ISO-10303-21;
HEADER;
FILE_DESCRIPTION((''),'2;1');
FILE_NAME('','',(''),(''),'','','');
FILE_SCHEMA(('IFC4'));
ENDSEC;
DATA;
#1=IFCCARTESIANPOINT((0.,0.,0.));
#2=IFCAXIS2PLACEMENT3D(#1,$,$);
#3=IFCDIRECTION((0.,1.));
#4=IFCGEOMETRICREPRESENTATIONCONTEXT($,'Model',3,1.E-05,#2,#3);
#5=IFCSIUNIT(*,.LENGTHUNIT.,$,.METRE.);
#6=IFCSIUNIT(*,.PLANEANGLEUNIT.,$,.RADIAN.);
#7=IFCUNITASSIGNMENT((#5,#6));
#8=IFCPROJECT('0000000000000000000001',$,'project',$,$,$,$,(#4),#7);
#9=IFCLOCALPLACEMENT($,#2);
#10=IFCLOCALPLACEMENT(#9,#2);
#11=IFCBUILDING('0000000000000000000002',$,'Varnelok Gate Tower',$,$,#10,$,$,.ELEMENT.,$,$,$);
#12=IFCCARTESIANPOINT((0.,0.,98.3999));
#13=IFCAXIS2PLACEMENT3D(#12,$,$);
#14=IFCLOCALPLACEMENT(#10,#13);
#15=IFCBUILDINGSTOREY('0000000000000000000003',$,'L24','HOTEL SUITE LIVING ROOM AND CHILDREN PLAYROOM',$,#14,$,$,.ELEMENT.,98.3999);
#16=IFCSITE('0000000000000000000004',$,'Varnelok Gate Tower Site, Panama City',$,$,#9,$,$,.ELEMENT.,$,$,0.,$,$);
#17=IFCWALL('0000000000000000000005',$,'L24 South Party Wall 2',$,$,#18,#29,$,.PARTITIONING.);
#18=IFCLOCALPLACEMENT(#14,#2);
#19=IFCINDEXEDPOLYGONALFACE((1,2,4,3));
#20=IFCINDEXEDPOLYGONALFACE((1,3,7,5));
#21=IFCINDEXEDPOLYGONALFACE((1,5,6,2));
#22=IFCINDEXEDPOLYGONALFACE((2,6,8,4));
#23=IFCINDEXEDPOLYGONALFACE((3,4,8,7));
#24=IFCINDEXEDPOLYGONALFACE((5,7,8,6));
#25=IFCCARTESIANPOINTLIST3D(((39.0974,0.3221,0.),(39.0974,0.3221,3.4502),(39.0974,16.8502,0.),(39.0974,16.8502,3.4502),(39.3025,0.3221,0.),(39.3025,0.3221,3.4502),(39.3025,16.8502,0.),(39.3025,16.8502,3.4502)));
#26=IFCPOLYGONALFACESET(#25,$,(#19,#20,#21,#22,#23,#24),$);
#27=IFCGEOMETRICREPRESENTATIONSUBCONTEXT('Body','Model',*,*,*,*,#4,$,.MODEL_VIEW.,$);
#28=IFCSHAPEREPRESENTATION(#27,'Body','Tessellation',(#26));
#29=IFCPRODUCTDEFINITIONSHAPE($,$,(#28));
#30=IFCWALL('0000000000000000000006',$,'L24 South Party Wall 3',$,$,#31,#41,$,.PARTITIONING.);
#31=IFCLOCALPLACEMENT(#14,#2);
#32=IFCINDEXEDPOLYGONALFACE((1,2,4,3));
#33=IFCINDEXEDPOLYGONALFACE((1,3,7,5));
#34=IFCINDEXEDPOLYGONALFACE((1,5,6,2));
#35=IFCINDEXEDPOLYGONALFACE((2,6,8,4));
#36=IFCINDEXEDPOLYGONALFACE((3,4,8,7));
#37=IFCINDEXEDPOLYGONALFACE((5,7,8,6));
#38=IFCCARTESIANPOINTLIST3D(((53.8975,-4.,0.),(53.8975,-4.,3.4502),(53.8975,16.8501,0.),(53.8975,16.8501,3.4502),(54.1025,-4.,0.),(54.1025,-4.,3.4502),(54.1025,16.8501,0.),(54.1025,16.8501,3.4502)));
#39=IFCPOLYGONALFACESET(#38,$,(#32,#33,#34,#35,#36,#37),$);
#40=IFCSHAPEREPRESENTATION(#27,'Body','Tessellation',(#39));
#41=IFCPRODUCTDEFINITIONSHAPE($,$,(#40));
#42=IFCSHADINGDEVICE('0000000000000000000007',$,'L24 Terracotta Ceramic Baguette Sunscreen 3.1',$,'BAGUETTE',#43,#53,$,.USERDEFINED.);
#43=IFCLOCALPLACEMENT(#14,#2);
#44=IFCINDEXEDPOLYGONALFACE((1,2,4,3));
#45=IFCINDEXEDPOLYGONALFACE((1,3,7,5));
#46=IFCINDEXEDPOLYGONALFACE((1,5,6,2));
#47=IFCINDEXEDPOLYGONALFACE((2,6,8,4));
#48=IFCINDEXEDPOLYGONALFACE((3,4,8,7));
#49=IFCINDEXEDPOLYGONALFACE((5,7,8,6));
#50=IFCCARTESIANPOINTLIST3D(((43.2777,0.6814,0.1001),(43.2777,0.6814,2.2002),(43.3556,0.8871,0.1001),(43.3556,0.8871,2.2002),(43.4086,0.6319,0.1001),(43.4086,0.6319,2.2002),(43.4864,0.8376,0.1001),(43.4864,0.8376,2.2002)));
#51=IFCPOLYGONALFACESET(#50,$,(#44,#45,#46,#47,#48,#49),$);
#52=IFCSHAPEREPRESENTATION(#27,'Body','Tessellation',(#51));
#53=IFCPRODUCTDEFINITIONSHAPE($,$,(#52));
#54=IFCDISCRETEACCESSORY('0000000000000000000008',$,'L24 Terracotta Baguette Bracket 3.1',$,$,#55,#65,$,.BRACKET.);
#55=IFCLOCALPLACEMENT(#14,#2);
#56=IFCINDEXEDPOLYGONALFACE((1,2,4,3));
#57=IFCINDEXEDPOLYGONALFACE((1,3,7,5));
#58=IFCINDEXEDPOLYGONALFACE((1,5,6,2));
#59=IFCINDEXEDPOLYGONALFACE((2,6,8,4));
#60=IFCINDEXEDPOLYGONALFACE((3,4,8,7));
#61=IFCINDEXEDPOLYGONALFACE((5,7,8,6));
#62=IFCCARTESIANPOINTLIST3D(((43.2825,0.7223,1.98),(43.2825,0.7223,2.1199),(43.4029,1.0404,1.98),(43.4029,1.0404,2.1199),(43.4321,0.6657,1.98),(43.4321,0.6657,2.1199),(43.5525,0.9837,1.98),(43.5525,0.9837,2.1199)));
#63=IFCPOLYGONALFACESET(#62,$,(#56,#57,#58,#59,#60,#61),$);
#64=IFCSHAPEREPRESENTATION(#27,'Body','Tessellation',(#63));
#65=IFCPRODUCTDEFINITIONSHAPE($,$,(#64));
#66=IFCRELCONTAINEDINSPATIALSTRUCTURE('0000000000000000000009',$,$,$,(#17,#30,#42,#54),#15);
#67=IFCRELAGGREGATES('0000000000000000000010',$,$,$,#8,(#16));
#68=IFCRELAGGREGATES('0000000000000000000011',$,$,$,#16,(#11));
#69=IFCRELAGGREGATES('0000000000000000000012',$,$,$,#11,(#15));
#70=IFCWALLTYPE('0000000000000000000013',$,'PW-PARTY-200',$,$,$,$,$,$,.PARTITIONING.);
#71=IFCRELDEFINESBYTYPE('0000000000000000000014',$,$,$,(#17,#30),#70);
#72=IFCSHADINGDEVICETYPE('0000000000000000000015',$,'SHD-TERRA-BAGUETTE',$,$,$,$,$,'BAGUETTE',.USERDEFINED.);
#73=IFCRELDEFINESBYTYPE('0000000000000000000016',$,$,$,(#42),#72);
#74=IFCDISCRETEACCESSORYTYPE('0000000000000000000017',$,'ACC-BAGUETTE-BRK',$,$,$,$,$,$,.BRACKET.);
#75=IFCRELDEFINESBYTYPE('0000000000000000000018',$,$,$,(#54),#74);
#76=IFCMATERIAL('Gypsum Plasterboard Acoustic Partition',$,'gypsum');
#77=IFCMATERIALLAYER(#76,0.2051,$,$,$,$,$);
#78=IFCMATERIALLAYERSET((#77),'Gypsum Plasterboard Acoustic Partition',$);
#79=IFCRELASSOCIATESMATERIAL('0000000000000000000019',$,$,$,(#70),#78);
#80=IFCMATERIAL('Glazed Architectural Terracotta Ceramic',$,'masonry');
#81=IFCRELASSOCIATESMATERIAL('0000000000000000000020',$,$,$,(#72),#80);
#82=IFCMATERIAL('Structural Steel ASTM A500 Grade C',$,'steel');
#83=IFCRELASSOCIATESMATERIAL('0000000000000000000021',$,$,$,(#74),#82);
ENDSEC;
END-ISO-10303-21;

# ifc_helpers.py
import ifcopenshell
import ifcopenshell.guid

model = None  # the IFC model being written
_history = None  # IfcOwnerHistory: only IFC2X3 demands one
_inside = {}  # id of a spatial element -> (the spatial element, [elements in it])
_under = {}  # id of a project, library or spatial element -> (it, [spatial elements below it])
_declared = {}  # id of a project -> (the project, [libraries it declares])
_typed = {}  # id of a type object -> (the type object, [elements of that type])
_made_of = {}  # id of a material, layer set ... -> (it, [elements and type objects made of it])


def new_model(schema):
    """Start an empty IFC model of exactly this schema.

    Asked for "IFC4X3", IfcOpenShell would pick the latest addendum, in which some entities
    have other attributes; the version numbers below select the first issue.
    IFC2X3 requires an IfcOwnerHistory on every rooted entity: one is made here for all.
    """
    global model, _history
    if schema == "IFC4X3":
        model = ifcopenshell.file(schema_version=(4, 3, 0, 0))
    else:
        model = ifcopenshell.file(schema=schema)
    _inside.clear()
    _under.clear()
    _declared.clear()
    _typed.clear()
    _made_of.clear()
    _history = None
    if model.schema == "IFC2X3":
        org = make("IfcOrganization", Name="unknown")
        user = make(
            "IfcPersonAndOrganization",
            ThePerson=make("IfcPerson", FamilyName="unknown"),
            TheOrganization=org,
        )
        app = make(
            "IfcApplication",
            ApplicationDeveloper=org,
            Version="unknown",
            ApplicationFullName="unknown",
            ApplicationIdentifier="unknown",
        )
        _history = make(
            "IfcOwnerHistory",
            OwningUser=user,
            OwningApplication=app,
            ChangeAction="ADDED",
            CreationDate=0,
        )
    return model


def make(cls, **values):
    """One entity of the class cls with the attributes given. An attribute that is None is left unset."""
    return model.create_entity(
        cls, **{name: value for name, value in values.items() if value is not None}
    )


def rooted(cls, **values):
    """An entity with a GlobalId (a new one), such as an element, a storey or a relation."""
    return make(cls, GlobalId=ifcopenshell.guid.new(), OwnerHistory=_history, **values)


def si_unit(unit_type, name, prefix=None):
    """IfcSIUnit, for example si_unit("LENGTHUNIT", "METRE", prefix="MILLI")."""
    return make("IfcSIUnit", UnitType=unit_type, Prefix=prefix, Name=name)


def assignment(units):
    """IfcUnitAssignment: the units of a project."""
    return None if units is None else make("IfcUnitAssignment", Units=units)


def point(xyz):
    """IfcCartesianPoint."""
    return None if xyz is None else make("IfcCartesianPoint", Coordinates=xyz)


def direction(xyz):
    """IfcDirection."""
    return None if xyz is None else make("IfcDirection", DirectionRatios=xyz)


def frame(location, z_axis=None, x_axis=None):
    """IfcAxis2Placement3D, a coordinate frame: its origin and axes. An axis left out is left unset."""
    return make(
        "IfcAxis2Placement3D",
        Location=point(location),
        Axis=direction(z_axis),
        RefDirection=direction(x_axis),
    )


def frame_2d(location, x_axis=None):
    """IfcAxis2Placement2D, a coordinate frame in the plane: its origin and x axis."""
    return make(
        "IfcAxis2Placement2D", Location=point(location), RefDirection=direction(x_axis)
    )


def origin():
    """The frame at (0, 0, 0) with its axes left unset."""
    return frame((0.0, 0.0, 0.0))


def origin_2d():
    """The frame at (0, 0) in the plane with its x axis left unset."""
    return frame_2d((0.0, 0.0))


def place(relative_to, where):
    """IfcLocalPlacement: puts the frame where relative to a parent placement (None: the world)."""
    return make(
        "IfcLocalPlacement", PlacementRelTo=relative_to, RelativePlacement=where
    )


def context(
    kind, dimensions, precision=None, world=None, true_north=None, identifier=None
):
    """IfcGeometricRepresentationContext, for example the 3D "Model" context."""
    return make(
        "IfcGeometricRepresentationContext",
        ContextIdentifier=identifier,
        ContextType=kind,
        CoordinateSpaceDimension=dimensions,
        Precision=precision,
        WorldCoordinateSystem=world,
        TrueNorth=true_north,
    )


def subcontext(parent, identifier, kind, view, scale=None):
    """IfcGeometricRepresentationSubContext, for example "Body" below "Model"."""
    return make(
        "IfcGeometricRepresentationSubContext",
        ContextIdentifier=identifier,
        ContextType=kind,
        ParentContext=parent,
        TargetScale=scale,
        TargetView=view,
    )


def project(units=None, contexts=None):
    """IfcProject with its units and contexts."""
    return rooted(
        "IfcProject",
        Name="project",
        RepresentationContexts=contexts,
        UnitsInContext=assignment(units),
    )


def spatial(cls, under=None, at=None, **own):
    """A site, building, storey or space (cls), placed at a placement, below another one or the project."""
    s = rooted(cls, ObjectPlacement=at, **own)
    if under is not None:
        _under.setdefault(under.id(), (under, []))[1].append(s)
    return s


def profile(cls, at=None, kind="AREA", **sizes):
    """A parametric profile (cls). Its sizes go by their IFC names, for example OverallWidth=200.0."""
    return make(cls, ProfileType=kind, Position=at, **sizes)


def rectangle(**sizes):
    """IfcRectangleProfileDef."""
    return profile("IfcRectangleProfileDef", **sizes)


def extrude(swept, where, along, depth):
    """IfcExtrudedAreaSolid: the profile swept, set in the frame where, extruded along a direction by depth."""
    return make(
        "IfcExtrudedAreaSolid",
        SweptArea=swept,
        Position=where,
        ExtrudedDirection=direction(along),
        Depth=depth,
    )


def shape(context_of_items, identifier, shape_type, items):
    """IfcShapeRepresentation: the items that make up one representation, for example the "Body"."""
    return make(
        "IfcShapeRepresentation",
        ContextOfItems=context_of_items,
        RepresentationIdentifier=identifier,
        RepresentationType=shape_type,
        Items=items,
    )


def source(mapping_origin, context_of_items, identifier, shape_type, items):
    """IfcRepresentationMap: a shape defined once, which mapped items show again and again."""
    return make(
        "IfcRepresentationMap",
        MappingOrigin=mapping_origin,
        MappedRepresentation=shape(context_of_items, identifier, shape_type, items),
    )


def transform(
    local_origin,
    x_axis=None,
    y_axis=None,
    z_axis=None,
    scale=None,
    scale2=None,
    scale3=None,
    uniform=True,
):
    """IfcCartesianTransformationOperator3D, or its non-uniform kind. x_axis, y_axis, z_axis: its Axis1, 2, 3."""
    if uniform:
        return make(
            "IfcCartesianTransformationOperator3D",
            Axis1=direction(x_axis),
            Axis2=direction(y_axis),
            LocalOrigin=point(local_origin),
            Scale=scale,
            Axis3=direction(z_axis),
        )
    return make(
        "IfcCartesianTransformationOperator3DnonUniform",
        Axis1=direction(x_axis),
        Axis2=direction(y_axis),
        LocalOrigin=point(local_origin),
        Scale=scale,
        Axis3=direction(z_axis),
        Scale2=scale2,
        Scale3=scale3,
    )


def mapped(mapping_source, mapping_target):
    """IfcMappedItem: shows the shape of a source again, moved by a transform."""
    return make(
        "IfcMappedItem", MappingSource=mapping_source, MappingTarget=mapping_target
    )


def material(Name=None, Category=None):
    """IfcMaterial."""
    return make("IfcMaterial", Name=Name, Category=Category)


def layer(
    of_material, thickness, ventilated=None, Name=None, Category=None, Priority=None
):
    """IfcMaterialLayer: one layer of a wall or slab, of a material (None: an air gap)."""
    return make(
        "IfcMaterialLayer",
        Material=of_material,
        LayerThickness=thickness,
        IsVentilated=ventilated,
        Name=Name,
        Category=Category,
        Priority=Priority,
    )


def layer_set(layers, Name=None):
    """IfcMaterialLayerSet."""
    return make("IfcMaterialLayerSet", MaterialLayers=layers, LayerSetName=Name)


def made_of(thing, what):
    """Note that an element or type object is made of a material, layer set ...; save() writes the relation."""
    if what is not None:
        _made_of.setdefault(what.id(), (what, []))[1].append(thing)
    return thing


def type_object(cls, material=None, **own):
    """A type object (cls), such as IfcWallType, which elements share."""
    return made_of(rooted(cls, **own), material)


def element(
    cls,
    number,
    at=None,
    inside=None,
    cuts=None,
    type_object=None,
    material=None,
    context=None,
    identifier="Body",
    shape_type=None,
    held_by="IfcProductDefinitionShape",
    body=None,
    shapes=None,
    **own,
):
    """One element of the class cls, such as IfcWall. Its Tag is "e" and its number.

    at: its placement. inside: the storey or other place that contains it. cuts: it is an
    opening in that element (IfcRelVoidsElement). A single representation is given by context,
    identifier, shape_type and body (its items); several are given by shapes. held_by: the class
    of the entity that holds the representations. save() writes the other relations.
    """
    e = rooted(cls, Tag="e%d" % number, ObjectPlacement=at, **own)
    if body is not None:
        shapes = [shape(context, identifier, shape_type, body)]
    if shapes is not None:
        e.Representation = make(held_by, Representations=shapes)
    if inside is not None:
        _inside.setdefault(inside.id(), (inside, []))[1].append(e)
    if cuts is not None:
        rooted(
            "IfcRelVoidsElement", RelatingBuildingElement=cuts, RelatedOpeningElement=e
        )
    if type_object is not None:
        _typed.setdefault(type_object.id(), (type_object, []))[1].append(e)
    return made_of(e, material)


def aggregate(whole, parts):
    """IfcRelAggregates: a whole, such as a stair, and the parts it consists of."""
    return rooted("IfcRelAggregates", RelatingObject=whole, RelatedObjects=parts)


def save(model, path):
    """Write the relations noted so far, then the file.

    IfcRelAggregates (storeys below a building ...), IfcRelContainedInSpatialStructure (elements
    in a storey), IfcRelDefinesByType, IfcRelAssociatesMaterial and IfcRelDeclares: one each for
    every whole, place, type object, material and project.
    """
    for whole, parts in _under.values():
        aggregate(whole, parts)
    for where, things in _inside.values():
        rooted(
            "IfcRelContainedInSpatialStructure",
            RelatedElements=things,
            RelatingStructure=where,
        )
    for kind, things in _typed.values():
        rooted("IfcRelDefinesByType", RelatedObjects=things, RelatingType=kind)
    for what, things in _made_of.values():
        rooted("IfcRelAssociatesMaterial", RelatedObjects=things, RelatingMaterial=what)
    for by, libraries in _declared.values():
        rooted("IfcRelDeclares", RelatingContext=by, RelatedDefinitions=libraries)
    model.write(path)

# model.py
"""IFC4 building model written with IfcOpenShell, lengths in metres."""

from ifc_helpers import new_model, si_unit, direction, frame, frame_2d, origin, origin_2d, place, context, subcontext, project, spatial, rectangle, extrude, source, transform, mapped, material, layer, layer_set, type_object, element, save


model = new_model("IFC4")

# Units and contexts
model_context = context("Model", 3, precision=1e-05, world=origin(), true_north=direction((0.0, 1.0)))
body_context = subcontext(model_context, "Body", "Model", "MODEL_VIEW")
ifc_project = project(units=[si_unit("LENGTHUNIT", "METRE"), si_unit("PLANEANGLEUNIT", "RADIAN")], contexts=[model_context])

# Site, building, storey
site_placement = place(None, origin())
site = spatial("IfcSite", under=ifc_project, at=site_placement, Name="Varnelok Gate Tower Site, Panama City", CompositionType="ELEMENT", RefElevation=0.0)
building_placement = place(site_placement, origin())
building = spatial("IfcBuilding", under=site, at=building_placement, Name="Varnelok Gate Tower", CompositionType="ELEMENT")
storey_placement = place(building_placement, frame((0.0, 0.0, 98.3999)))
storey = spatial("IfcBuildingStorey", under=building, at=storey_placement, Name="L24", Description="HOTEL SUITE LIVING ROOM AND CHILDREN PLAYROOM", CompositionType="ELEMENT", Elevation=98.3999)

# Shared definitions
ifc_material_1 = material(Name="Gypsum Plasterboard Acoustic Partition", Category="gypsum")

# Walls
ifc_layer_1 = layer(ifc_material_1, 0.2051)
ifc_layer_set_1 = layer_set([ifc_layer_1], Name="Gypsum Plasterboard Acoustic Partition")
wall_type_1 = type_object("IfcWallType", Name="PW-PARTY-200", PredefinedType="PARTITIONING", material=ifc_layer_set_1)
wall_1_placement = place(storey_placement, frame((39.2, 0.322, 0.0), z_axis=(0.0, 0.0, 1.0), x_axis=(0.0, 1.0, 0.0)))
element("IfcWall", 1, at=wall_1_placement, inside=storey, type_object=wall_type_1, Name="L24 South Party Wall 2", PredefinedType="PARTITIONING", context=body_context, shape_type="SweptSolid", body=[
    extrude(rectangle(XDim=16.5281, YDim=0.2051, at=frame_2d((8.2642, 0.0))), origin(), (0.0, 0.0, 1.0), 3.4502),
])
wall_2_placement = place(storey_placement, frame((54.0, -4.0, 0.0), z_axis=(0.0, 0.0, 1.0), x_axis=(0.0, 1.0, 0.0)))
element("IfcWall", 2, at=wall_2_placement, inside=storey, type_object=wall_type_1, Name="L24 South Party Wall 3", PredefinedType="PARTITIONING", context=body_context, shape_type="SweptSolid", body=[
    extrude(rectangle(XDim=20.8501, YDim=0.2051, at=frame_2d((10.425, 0.0))), origin(), (0.0, 0.0, 1.0), 3.4502),
])

# Shading device
ifc_material_2 = material(Name="Glazed Architectural Terracotta Ceramic", Category="masonry")
shading_device_type = type_object("IfcShadingDeviceType", Name="SHD-TERRA-BAGUETTE", ElementType="BAGUETTE", PredefinedType="USERDEFINED", material=ifc_material_2)
shared_shape_1 = source(origin(), body_context, "Body", "SweptSolid", [
    extrude(rectangle(XDim=0.1399, YDim=0.22, at=origin_2d()), origin(), (0.0, 0.0, 1.0), 2.1001),
])
shading_device_placement = place(storey_placement, frame((43.3821, 0.7595, 0.1001), z_axis=(0.0, 0.0, 1.0), x_axis=(0.935222, -0.354063, 0.0)))
element("IfcShadingDevice", 3, at=shading_device_placement, inside=storey, type_object=shading_device_type, Name="L24 Terracotta Ceramic Baguette Sunscreen 3.1", ObjectType="BAGUETTE", PredefinedType="USERDEFINED", context=body_context, shape_type="MappedRepresentation", body=[
    mapped(shared_shape_1, transform((0.0, 0.0, 0.0), scale=1.0)),
])

# Discrete accessory
ifc_material_3 = material(Name="Structural Steel ASTM A500 Grade C", Category="steel")
discrete_accessory_type = type_object("IfcDiscreteAccessoryType", Name="ACC-BAGUETTE-BRK", PredefinedType="BRACKET", material=ifc_material_3)
shared_shape_2 = source(origin(), body_context, "Body", "SweptSolid", [
    extrude(rectangle(XDim=0.1599, YDim=0.3401, at=origin_2d()), origin(), (0.0, 0.0, 1.0), 0.1399),
])
discrete_accessory_placement = place(storey_placement, frame((43.4175, 0.853, 1.98), z_axis=(0.0, 0.0, 1.0), x_axis=(0.935222, -0.354063, 0.0)))
element("IfcDiscreteAccessory", 4, at=discrete_accessory_placement, inside=storey, type_object=discrete_accessory_type, Name="L24 Terracotta Baguette Bracket 3.1", PredefinedType="BRACKET", context=body_context, shape_type="MappedRepresentation", body=[
    mapped(shared_shape_2, transform((0.0, 0.0, 0.0), scale=1.0)),
])

save(model, "model.ifc")
